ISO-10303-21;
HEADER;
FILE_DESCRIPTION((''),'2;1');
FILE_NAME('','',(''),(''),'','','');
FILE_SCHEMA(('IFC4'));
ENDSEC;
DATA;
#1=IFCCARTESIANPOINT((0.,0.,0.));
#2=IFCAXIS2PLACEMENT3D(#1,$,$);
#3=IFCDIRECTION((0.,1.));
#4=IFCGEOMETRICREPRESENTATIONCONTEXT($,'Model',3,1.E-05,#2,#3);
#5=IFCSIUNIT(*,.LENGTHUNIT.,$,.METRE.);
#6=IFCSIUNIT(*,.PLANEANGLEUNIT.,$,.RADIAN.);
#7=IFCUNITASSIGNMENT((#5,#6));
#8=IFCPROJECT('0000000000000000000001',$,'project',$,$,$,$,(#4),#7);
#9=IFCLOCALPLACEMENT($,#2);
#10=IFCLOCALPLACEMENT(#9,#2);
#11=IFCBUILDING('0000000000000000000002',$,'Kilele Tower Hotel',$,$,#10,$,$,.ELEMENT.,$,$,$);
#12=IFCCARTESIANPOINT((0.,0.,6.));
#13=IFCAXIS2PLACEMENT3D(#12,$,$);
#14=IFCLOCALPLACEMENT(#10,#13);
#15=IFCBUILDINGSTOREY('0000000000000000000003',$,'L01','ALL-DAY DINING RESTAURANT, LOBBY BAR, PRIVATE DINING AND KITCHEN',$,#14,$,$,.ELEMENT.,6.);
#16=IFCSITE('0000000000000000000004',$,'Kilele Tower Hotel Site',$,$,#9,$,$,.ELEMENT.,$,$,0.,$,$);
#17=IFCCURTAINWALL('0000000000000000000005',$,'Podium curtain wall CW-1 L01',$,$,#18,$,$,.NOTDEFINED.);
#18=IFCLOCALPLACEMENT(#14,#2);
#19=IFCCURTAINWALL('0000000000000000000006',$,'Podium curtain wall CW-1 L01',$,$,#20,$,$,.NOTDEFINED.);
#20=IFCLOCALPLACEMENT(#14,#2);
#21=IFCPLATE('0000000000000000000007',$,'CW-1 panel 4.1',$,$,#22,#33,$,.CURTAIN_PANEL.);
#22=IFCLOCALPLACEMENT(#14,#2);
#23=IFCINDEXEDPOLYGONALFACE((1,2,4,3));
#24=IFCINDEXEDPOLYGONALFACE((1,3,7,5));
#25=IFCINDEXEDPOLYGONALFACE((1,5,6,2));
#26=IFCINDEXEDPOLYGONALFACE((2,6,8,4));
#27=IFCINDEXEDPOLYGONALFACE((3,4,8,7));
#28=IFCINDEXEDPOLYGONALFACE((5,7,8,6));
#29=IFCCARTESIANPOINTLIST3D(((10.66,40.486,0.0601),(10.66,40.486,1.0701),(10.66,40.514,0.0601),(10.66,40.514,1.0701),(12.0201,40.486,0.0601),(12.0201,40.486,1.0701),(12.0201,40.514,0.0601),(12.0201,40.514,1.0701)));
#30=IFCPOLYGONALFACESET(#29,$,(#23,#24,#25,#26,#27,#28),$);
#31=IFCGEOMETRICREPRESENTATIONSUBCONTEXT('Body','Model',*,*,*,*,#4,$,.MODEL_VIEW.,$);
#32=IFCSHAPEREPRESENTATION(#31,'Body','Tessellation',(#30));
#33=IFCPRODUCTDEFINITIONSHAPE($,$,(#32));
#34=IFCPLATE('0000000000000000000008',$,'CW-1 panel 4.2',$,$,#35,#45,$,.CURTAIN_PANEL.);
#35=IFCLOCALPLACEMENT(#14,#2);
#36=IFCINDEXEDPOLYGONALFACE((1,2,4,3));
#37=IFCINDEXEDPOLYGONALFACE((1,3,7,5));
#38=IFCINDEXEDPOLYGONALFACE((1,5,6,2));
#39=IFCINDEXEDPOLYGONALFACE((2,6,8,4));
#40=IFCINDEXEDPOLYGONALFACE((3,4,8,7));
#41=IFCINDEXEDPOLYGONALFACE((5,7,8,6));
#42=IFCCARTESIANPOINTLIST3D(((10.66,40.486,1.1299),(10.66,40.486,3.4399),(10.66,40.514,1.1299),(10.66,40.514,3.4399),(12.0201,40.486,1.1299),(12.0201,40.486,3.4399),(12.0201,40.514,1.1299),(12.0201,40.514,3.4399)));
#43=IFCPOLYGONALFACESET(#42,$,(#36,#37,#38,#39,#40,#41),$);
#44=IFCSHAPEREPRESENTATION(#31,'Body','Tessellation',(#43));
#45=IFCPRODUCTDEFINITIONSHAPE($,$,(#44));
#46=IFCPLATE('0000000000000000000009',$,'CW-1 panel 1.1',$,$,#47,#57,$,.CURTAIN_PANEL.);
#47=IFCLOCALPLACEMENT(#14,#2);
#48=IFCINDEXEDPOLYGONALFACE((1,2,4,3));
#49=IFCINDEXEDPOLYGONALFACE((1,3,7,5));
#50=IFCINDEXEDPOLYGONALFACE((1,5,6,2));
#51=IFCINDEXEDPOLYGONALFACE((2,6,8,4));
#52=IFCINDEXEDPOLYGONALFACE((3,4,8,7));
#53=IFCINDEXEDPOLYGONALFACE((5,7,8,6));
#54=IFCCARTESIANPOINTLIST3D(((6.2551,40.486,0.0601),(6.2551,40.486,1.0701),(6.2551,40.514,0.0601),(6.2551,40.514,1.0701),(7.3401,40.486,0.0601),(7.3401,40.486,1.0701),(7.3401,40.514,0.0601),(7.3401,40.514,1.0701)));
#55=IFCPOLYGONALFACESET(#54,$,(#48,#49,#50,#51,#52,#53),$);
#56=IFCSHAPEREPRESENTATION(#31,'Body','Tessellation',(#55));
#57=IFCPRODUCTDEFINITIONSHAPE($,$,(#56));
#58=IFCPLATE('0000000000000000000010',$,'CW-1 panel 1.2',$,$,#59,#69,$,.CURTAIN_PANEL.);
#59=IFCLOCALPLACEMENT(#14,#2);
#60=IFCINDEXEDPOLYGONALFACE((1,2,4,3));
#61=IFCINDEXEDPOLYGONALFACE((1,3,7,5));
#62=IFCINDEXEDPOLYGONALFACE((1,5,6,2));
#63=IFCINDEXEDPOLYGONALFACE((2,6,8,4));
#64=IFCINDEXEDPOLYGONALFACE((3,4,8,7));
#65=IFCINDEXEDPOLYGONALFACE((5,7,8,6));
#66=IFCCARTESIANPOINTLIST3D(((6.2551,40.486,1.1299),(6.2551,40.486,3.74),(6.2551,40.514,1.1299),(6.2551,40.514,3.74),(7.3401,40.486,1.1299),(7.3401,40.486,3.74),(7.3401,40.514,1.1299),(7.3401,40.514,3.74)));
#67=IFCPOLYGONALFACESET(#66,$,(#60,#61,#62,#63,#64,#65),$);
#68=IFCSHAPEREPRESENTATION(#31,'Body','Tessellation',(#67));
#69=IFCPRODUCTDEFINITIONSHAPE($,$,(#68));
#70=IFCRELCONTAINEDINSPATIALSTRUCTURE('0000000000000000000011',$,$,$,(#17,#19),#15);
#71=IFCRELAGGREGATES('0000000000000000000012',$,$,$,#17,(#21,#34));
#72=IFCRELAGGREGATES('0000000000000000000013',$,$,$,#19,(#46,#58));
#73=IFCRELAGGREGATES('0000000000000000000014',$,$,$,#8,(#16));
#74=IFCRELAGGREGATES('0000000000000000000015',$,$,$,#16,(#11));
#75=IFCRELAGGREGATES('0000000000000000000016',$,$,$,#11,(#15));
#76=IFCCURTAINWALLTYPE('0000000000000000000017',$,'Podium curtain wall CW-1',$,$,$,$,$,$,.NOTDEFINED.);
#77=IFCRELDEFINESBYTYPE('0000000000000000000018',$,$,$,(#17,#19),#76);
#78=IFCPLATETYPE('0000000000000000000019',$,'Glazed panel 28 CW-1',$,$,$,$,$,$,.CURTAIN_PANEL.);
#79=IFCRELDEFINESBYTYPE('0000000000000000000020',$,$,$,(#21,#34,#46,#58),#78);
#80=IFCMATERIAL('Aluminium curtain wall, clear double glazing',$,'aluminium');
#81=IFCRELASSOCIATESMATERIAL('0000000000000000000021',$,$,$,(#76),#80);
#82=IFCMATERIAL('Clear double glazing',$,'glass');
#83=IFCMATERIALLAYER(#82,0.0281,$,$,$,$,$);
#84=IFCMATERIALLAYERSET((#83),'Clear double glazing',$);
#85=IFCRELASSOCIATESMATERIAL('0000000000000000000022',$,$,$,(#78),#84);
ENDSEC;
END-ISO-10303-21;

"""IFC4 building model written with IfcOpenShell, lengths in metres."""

from ifc_helpers import new_model, si_unit, direction, frame, origin, origin_2d, place, context, subcontext, project, spatial, rectangle, extrude, material, layer, layer_set, type_object, element, aggregate, save


model = new_model("IFC4")

# Units and contexts
model_context = context("Model", 3, precision=1e-05, world=origin(), true_north=direction((0.0, 1.0)))
body_context = subcontext(model_context, "Body", "Model", "MODEL_VIEW")
ifc_project = project(units=[si_unit("LENGTHUNIT", "METRE"), si_unit("PLANEANGLEUNIT", "RADIAN")], contexts=[model_context])

# Site, building, storey
site_placement = place(None, origin())
site = spatial("IfcSite", under=ifc_project, at=site_placement, Name="Kilele Tower Hotel Site", CompositionType="ELEMENT", RefElevation=0.0)
building_placement = place(site_placement, origin())
building = spatial("IfcBuilding", under=site, at=building_placement, Name="Kilele Tower Hotel", CompositionType="ELEMENT")
storey_placement = place(building_placement, frame((0.0, 0.0, 6.0)))
storey = spatial("IfcBuildingStorey", under=building, at=storey_placement, Name="L01", Description="ALL-DAY DINING RESTAURANT, LOBBY BAR, PRIVATE DINING AND KITCHEN", CompositionType="ELEMENT", Elevation=6.0)

# Curtain walls
ifc_material_1 = material(Name="Aluminium curtain wall, clear double glazing", Category="aluminium")
curtain_wall_type = type_object("IfcCurtainWallType", Name="Podium curtain wall CW-1", PredefinedType="NOTDEFINED", material=ifc_material_1)
curtain_wall_1_placement = place(storey_placement, origin())
curtain_wall_1 = element("IfcCurtainWall", 1, at=curtain_wall_1_placement, inside=storey, type_object=curtain_wall_type, Name="Podium curtain wall CW-1 L01", PredefinedType="NOTDEFINED")
curtain_wall_2_placement = place(storey_placement, origin())
curtain_wall_2 = element("IfcCurtainWall", 2, at=curtain_wall_2_placement, inside=storey, type_object=curtain_wall_type, Name="Podium curtain wall CW-1 L01", PredefinedType="NOTDEFINED")

# Plates
ifc_material_2 = material(Name="Clear double glazing", Category="glass")
ifc_layer = layer(ifc_material_2, 0.0281)
ifc_layer_set = layer_set([ifc_layer], Name="Clear double glazing")
plate_type = type_object("IfcPlateType", Name="Glazed panel 28 CW-1", PredefinedType="CURTAIN_PANEL", material=ifc_layer_set)
plate_1_placement = place(storey_placement, frame((11.3401, 40.5, 0.0601), z_axis=(0.0, 0.0, 1.0), x_axis=(-1.0, 0.0, 0.0)))
plate_1 = element("IfcPlate", 3, at=plate_1_placement, type_object=plate_type, Name="CW-1 panel 4.1", PredefinedType="CURTAIN_PANEL", context=body_context, shape_type="SweptSolid", body=[
    extrude(rectangle(XDim=1.3601, YDim=0.0281, at=origin_2d()), origin(), (0.0, 0.0, 1.0), 1.01),
])
plate_2_placement = place(storey_placement, frame((11.3401, 40.5, 1.1299), z_axis=(0.0, 0.0, 1.0), x_axis=(-1.0, 0.0, 0.0)))
plate_2 = element("IfcPlate", 4, at=plate_2_placement, type_object=plate_type, Name="CW-1 panel 4.2", PredefinedType="CURTAIN_PANEL", context=body_context, shape_type="SweptSolid", body=[
    extrude(rectangle(XDim=1.3601, YDim=0.0281, at=origin_2d()), origin(), (0.0, 0.0, 1.0), 2.3101),
])
aggregate(curtain_wall_1, [plate_1, plate_2])
plate_3_placement = place(storey_placement, frame((6.7976, 40.5, 0.0601), z_axis=(0.0, 0.0, 1.0), x_axis=(-1.0, 0.0, 0.0)))
plate_3 = element("IfcPlate", 5, at=plate_3_placement, type_object=plate_type, Name="CW-1 panel 1.1", PredefinedType="CURTAIN_PANEL", context=body_context, shape_type="SweptSolid", body=[
    extrude(rectangle(XDim=1.085, YDim=0.0281, at=origin_2d()), origin(), (0.0, 0.0, 1.0), 1.01),
])
plate_4_placement = place(storey_placement, frame((6.7976, 40.5, 1.1299), z_axis=(0.0, 0.0, 1.0), x_axis=(-1.0, 0.0, 0.0)))
plate_4 = element("IfcPlate", 6, at=plate_4_placement, type_object=plate_type, Name="CW-1 panel 1.2", PredefinedType="CURTAIN_PANEL", context=body_context, shape_type="SweptSolid", body=[
    extrude(rectangle(XDim=1.085, YDim=0.0281, at=origin_2d()), origin(), (0.0, 0.0, 1.0), 2.6101),
])
aggregate(curtain_wall_2, [plate_3, plate_4])

save(model, "model.ifc")
